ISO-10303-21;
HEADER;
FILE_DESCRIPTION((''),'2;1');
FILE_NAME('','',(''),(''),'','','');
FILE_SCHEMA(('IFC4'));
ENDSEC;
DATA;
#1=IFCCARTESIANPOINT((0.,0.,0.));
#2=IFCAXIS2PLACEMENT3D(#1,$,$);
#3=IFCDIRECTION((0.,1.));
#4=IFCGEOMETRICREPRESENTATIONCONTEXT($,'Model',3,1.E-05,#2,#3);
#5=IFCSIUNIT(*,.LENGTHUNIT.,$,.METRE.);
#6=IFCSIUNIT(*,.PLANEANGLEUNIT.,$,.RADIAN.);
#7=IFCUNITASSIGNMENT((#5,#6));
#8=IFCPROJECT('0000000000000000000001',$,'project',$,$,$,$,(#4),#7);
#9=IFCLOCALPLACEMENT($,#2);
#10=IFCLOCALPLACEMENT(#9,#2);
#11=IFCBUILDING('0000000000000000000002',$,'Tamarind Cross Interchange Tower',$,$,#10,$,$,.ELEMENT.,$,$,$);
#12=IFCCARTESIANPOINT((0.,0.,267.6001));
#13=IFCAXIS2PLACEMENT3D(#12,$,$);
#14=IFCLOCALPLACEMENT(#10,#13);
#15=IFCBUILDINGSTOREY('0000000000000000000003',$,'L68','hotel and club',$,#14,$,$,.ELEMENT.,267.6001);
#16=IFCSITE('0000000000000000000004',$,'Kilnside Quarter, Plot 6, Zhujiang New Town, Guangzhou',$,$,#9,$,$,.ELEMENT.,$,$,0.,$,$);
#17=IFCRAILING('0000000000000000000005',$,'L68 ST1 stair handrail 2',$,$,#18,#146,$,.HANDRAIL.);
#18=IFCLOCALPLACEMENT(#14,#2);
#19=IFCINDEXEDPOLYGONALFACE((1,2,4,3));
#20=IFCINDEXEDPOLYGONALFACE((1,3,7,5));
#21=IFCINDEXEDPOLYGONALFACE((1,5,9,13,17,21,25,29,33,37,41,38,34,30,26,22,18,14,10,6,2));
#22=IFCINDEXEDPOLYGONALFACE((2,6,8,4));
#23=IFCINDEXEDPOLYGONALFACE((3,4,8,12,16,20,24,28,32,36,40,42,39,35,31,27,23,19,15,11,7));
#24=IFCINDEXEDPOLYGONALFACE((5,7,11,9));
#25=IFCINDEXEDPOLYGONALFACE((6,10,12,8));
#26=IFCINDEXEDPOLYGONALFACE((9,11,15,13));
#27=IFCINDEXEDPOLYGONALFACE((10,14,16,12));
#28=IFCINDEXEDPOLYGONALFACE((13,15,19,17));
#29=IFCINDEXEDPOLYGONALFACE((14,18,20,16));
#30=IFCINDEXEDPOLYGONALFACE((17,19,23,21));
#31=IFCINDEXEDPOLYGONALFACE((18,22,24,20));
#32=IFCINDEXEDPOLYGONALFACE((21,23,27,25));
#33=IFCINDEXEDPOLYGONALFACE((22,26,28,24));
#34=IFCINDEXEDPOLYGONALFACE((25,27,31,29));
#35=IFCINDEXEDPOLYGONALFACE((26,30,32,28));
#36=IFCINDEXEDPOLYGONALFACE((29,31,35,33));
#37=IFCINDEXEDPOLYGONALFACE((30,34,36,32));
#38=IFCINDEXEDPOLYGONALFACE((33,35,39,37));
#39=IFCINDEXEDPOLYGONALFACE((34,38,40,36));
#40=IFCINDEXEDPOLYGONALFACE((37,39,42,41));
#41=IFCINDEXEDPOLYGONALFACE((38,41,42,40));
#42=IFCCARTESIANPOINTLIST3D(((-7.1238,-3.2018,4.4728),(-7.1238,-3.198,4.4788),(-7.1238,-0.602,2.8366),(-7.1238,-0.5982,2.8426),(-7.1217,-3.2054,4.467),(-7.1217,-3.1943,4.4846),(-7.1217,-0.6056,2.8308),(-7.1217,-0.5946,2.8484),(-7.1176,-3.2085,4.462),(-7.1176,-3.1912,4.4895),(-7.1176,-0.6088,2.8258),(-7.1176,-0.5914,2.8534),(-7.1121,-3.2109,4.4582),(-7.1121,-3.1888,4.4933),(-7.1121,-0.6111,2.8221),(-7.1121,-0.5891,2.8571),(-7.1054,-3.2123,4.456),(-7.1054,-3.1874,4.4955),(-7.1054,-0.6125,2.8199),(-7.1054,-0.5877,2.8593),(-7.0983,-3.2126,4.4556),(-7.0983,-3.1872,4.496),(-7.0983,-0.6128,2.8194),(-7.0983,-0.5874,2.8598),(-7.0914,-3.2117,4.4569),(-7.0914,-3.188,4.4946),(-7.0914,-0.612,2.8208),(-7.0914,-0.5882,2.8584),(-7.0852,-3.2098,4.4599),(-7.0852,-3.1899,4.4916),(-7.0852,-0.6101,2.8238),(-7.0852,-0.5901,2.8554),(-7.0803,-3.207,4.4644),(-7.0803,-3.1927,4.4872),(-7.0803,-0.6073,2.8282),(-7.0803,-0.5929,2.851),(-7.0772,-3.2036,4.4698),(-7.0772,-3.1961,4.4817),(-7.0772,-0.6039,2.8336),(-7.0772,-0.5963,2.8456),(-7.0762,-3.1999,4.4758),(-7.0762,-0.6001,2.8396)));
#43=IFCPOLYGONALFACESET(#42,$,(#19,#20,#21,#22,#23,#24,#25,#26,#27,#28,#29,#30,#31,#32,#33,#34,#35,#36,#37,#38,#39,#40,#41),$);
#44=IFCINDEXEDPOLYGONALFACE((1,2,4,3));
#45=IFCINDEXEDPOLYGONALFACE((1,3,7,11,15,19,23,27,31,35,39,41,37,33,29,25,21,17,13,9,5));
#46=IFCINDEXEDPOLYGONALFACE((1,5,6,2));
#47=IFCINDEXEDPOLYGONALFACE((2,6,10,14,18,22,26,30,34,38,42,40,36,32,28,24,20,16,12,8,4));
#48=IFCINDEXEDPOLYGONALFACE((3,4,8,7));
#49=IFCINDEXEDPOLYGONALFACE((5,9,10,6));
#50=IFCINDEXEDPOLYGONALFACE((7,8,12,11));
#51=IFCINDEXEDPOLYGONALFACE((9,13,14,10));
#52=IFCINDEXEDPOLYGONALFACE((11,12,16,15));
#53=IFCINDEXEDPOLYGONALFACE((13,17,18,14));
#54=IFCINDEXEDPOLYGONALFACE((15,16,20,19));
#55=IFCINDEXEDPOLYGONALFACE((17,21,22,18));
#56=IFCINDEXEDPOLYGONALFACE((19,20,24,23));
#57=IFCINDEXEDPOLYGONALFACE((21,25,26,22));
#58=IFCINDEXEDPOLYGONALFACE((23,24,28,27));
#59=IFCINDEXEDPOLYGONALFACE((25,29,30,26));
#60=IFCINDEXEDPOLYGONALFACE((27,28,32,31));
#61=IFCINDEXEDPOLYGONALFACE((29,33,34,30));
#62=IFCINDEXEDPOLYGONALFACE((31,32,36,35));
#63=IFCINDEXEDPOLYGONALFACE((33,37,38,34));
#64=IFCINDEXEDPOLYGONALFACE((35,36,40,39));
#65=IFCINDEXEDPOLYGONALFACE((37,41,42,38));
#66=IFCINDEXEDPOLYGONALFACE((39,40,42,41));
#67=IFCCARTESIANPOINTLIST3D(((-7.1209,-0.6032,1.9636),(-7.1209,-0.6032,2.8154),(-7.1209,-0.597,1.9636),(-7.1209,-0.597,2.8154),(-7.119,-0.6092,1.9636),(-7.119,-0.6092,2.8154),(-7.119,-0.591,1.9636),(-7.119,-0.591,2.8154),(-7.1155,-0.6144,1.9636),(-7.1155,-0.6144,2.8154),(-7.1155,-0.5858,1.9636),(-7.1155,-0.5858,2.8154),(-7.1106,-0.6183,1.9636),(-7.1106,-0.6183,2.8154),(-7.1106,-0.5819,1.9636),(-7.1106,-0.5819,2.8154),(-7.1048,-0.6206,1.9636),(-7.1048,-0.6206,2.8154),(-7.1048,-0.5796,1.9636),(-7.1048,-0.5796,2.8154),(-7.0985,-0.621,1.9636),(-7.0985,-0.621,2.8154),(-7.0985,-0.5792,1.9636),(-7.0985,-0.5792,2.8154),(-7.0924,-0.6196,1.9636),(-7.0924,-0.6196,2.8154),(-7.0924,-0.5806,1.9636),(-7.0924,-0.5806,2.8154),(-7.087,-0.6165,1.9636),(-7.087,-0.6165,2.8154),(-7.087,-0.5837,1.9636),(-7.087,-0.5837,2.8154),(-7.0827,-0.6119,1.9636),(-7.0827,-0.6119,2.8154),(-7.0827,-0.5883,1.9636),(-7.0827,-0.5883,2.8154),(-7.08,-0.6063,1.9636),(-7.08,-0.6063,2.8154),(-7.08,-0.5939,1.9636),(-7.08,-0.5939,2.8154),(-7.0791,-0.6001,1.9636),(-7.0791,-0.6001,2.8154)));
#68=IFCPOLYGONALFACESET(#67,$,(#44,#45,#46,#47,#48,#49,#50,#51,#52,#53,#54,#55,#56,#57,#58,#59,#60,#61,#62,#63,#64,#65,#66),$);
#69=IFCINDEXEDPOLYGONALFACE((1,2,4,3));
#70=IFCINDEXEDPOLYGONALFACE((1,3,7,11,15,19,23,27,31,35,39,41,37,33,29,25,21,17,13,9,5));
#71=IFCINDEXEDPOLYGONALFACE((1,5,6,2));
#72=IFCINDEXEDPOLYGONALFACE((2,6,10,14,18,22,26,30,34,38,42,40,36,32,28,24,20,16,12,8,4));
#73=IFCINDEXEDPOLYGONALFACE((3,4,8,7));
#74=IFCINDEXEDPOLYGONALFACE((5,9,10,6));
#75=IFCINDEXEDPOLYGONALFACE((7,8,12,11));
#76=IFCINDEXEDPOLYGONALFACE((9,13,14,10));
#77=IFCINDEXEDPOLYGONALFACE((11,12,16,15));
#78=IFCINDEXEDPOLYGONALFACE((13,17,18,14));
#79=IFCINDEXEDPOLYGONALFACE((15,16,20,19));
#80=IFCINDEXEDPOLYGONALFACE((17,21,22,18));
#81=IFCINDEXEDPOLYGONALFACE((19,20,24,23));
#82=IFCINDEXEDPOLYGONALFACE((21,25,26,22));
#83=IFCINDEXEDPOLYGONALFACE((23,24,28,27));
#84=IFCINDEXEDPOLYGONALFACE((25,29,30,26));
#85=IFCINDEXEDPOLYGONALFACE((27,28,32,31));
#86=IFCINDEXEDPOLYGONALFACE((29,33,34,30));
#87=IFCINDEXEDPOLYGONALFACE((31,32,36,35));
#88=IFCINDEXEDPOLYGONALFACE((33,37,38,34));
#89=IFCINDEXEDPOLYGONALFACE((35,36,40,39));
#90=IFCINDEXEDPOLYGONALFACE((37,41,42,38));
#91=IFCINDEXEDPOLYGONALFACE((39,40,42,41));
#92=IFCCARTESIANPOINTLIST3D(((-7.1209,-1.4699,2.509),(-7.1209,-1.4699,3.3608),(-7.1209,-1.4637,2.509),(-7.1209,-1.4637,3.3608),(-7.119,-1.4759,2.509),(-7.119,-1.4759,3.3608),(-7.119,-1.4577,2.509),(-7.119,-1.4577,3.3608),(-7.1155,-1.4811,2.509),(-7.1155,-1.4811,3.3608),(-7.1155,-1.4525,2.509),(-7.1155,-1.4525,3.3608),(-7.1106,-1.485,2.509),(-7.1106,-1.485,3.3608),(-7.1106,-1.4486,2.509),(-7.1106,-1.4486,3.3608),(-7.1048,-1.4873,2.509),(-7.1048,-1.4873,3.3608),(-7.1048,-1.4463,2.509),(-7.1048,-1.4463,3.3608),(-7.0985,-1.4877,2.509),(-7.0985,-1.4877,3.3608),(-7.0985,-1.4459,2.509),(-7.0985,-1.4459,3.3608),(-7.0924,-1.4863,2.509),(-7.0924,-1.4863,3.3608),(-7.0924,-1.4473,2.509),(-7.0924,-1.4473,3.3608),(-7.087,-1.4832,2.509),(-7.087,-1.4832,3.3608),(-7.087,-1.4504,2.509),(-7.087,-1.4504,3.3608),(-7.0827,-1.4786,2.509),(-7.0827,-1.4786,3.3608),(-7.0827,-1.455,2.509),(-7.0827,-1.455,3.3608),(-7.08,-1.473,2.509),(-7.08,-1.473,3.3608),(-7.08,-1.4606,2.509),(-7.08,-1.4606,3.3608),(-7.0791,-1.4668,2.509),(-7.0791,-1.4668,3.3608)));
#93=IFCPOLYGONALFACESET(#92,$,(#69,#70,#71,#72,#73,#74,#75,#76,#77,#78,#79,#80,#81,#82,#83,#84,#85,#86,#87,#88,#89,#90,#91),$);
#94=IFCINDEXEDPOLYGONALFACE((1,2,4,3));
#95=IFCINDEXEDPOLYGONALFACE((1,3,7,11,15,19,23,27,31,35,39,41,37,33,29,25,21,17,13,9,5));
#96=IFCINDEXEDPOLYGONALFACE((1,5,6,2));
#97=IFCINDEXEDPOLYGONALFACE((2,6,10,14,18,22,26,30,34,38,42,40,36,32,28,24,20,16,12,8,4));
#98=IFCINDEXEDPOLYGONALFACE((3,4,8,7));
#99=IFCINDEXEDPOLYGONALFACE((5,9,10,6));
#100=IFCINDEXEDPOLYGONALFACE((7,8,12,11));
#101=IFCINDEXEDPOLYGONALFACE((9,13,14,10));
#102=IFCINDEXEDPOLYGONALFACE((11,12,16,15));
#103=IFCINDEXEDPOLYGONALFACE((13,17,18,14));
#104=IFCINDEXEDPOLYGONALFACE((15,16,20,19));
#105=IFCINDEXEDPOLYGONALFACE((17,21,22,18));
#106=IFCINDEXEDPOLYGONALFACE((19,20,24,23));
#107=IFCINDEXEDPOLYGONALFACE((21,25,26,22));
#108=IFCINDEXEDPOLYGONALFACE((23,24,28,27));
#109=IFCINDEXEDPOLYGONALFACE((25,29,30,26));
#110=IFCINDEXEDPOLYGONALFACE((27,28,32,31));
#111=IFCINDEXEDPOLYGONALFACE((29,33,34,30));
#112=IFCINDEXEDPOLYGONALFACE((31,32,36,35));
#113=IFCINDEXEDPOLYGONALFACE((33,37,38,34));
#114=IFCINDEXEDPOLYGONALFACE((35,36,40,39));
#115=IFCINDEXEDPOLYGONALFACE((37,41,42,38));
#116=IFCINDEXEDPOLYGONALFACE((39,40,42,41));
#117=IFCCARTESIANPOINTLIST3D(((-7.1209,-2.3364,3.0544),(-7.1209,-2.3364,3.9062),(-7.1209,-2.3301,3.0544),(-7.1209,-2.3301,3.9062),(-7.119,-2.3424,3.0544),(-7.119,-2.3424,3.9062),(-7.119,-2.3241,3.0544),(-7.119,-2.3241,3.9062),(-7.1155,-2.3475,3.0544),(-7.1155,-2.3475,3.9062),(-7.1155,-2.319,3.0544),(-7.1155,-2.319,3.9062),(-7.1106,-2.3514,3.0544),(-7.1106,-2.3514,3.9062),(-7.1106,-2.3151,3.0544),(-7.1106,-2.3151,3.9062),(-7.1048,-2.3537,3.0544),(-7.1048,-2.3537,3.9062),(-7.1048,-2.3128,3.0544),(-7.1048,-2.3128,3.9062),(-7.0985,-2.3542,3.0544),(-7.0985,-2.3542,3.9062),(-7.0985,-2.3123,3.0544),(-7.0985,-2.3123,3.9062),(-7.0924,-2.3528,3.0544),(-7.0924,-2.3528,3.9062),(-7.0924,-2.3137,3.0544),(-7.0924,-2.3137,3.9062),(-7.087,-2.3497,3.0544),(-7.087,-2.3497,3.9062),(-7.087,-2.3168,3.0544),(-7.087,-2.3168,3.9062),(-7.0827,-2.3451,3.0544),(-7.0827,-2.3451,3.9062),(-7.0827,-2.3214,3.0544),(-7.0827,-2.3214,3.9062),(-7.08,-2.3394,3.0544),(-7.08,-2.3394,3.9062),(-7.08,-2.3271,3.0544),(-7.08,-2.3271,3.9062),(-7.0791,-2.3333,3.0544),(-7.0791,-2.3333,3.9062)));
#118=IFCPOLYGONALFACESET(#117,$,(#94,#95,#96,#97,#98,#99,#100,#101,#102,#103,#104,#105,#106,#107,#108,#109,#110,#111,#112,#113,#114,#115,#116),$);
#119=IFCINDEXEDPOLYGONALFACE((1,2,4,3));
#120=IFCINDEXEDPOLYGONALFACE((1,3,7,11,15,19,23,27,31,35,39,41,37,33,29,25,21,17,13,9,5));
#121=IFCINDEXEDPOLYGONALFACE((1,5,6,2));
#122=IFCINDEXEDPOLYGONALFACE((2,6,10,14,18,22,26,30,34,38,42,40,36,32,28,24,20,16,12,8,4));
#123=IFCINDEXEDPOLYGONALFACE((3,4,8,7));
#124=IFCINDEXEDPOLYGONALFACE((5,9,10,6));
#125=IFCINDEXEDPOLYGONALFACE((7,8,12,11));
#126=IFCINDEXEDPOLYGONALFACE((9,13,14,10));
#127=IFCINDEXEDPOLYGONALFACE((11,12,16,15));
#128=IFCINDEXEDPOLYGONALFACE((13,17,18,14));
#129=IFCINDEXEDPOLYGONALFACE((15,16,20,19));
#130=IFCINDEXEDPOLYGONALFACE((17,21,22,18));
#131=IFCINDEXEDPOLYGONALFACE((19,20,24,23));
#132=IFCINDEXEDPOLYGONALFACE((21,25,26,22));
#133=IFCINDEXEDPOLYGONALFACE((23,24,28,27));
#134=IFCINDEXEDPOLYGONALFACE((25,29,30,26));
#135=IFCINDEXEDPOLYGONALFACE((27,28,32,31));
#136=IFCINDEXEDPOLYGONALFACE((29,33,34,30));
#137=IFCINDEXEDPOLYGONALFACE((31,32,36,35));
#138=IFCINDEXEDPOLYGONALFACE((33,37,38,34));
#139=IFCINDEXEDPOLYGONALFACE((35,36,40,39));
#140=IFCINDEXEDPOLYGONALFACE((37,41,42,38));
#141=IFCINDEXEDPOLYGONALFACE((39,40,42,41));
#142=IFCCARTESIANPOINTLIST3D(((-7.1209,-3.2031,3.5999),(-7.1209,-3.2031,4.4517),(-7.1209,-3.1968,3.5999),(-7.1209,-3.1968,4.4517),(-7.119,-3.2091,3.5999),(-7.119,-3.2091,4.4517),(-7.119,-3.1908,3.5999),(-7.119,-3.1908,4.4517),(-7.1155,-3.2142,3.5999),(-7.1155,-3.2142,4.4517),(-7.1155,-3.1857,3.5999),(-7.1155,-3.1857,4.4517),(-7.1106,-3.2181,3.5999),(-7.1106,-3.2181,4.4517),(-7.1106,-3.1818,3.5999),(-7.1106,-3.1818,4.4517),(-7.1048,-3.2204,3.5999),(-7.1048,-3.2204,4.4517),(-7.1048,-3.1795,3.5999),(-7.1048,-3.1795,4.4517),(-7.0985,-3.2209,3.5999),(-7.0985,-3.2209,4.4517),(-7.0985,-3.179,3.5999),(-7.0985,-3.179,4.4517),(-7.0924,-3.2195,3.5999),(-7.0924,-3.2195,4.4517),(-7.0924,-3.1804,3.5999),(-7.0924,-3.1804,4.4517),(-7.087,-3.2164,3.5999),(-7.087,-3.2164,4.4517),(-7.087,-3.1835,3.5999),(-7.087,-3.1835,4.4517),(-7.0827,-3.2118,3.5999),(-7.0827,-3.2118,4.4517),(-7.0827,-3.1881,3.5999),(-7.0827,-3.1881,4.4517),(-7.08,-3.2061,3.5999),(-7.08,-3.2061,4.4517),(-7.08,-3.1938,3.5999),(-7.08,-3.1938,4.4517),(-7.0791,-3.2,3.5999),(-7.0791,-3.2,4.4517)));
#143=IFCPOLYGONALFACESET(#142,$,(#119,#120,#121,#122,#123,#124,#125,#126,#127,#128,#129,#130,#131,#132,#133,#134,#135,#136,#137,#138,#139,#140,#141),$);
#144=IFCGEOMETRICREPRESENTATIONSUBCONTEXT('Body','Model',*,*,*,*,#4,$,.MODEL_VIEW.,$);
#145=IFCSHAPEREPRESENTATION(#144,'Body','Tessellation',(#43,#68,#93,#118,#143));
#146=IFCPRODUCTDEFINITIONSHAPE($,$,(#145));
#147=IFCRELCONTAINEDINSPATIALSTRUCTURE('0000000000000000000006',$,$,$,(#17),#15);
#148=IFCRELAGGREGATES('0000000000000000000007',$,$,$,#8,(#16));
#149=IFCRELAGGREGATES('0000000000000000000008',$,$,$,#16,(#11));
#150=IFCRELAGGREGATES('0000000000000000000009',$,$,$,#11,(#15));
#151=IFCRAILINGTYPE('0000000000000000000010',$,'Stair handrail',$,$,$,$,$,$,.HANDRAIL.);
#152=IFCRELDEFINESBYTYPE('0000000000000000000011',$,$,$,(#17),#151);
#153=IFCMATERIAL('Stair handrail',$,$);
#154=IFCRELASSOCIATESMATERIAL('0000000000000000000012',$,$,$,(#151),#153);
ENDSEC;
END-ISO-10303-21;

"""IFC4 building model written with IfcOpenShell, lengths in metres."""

from ifc_helpers import new_model, si_unit, direction, frame, origin, origin_2d, place, context, subcontext, project, spatial, circle, extrude, material, type_object, element, save


model = new_model("IFC4")

# Units and contexts
model_context = context("Model", 3, precision=1e-05, world=origin(), true_north=direction((0.0, 1.0)))
body_context = subcontext(model_context, "Body", "Model", "MODEL_VIEW")
ifc_project = project(units=[si_unit("LENGTHUNIT", "METRE"), si_unit("PLANEANGLEUNIT", "RADIAN")], contexts=[model_context])

# Site, building, storey
site_placement = place(None, origin())
site = spatial("IfcSite", under=ifc_project, at=site_placement, Name="Kilnside Quarter, Plot 6, Zhujiang New Town, Guangzhou", CompositionType="ELEMENT", RefElevation=0.0)
building_placement = place(site_placement, origin())
building = spatial("IfcBuilding", under=site, at=building_placement, Name="Tamarind Cross Interchange Tower", CompositionType="ELEMENT")
storey_placement = place(building_placement, frame((0.0, 0.0, 267.6001)))
storey = spatial("IfcBuildingStorey", under=building, at=storey_placement, Name="L68", Description="hotel and club", CompositionType="ELEMENT", Elevation=267.6001)

# Railing
ifc_material_1 = material(Name="Stair handrail")
railing_type = type_object("IfcRailingType", Name="Stair handrail", PredefinedType="HANDRAIL", material=ifc_material_1)
railing_placement = place(storey_placement, frame((-7.1001, -0.6001, 1.9636)))
element("IfcRailing", 1, at=railing_placement, inside=storey, type_object=railing_type, Name="L68 ST1 stair handrail 2", PredefinedType="HANDRAIL", context=body_context, shape_type="SweptSolid", body=[
    extrude(circle(Radius=0.0239, at=origin_2d()), frame((0.0, 0.0, 0.876), z_axis=(0.0, -0.846338, 0.532647), x_axis=(1.0, 0.0, 0.0)), (0.0, 0.0, 1.0), 3.0718),
    extrude(circle(Radius=0.021, at=origin_2d()), origin(), (0.0, 0.0, 1.0), 0.8518),
    extrude(circle(Radius=0.021, at=origin_2d()), frame((0.0, -0.8667, 0.5454)), (0.0, 0.0, 1.0), 0.8518),
    extrude(circle(Radius=0.021, at=origin_2d()), frame((0.0, -1.7332, 1.0908)), (0.0, 0.0, 1.0), 0.8518),
    extrude(circle(Radius=0.021, at=origin_2d()), frame((0.0, -2.5999, 1.6362)), (0.0, 0.0, 1.0), 0.8518),
])

save(model, "model.ifc")
